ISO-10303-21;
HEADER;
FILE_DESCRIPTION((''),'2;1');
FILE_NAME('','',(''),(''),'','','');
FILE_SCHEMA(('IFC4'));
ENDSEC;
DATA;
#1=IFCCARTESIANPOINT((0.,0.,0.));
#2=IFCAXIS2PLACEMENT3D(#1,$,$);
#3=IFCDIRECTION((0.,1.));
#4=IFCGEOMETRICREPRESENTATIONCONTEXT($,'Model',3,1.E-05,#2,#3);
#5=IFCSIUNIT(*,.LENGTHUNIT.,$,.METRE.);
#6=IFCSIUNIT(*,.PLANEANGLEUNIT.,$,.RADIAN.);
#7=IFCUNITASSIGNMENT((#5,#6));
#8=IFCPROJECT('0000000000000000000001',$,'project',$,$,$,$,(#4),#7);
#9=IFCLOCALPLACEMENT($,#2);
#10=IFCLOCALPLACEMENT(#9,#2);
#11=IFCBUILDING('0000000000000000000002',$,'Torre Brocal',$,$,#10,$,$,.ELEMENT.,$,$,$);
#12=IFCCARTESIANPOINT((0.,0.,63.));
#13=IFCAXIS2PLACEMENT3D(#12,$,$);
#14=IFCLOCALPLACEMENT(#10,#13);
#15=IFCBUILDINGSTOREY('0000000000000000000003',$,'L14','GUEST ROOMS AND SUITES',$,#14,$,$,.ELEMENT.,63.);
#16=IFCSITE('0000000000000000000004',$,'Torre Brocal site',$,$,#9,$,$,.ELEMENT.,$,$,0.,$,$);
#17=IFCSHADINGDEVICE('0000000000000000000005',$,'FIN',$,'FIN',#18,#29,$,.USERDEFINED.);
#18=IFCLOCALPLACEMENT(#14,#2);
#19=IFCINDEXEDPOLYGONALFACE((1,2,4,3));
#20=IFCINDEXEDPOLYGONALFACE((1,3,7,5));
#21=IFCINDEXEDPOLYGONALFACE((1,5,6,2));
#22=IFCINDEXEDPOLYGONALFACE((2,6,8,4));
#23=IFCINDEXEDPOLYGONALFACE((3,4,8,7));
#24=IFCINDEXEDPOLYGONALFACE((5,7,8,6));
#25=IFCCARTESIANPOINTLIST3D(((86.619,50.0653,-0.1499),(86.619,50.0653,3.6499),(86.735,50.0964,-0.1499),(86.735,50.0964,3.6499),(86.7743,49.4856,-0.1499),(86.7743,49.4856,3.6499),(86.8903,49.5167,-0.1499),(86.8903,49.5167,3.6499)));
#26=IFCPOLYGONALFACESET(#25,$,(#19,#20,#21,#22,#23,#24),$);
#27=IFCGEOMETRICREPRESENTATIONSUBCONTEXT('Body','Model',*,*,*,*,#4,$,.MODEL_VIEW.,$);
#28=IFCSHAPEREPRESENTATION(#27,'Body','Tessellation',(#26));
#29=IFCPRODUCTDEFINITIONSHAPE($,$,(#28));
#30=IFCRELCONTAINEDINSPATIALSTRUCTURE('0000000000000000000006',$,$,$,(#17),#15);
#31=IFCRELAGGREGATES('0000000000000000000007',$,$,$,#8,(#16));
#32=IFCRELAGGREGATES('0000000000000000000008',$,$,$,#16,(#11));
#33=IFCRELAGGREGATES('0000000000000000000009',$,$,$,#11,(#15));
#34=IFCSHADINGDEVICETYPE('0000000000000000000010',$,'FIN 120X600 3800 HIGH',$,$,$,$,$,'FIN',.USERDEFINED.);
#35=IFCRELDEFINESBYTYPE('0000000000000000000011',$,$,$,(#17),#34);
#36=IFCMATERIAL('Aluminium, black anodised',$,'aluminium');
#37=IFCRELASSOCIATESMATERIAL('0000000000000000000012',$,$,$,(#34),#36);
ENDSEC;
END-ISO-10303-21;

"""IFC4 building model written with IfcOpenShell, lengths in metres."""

from ifc_helpers import new_model, si_unit, direction, frame, origin, origin_2d, place, context, subcontext, project, spatial, rectangle, extrude, material, material_profile, profile_set, type_object, element, save


model = new_model("IFC4")

# Units and contexts
model_context = context("Model", 3, precision=1e-05, world=origin(), true_north=direction((0.0, 1.0)))
body_context = subcontext(model_context, "Body", "Model", "MODEL_VIEW")
ifc_project = project(units=[si_unit("LENGTHUNIT", "METRE"), si_unit("PLANEANGLEUNIT", "RADIAN")], contexts=[model_context])

# Site, building, storey
site_placement = place(None, origin())
site = spatial("IfcSite", under=ifc_project, at=site_placement, Name="Torre Brocal site", CompositionType="ELEMENT", RefElevation=0.0)
building_placement = place(site_placement, origin())
building = spatial("IfcBuilding", under=site, at=building_placement, Name="Torre Brocal", CompositionType="ELEMENT")
storey_placement = place(building_placement, frame((0.0, 0.0, 63.0)))
storey = spatial("IfcBuildingStorey", under=building, at=storey_placement, Name="L14", Description="GUEST ROOMS AND SUITES", CompositionType="ELEMENT", Elevation=63.0)

# Shading device
ifc_material_1 = material(Name="Aluminium, black anodised", Category="aluminium")
ifc_material_profile_1 = material_profile(ifc_material_1, rectangle(XDim=0.1201, YDim=0.6001, at=origin_2d()), Name="FIN 120X600 3800 HIGH")
ifc_profile_set_1 = profile_set([ifc_material_profile_1], Name="Aluminium, black anodised")
shading_device_type = type_object("IfcShadingDeviceType", Name="FIN 120X600 3800 HIGH", ElementType="FIN", PredefinedType="USERDEFINED", material=ifc_profile_set_1)
shading_device_placement = place(storey_placement, frame((86.7546, 49.791, -0.1499), z_axis=(0.0, 0.0, 1.0), x_axis=(0.965926, 0.258819, 0.0)))
element("IfcShadingDevice", 1, at=shading_device_placement, inside=storey, type_object=shading_device_type, Name="FIN", ObjectType="FIN", PredefinedType="USERDEFINED", context=body_context, shape_type="SweptSolid", body=[
    extrude(rectangle(XDim=0.1201, YDim=0.6001, at=origin_2d()), origin(), (0.0, 0.0, 1.0), 3.7998),
])

save(model, "model.ifc")
